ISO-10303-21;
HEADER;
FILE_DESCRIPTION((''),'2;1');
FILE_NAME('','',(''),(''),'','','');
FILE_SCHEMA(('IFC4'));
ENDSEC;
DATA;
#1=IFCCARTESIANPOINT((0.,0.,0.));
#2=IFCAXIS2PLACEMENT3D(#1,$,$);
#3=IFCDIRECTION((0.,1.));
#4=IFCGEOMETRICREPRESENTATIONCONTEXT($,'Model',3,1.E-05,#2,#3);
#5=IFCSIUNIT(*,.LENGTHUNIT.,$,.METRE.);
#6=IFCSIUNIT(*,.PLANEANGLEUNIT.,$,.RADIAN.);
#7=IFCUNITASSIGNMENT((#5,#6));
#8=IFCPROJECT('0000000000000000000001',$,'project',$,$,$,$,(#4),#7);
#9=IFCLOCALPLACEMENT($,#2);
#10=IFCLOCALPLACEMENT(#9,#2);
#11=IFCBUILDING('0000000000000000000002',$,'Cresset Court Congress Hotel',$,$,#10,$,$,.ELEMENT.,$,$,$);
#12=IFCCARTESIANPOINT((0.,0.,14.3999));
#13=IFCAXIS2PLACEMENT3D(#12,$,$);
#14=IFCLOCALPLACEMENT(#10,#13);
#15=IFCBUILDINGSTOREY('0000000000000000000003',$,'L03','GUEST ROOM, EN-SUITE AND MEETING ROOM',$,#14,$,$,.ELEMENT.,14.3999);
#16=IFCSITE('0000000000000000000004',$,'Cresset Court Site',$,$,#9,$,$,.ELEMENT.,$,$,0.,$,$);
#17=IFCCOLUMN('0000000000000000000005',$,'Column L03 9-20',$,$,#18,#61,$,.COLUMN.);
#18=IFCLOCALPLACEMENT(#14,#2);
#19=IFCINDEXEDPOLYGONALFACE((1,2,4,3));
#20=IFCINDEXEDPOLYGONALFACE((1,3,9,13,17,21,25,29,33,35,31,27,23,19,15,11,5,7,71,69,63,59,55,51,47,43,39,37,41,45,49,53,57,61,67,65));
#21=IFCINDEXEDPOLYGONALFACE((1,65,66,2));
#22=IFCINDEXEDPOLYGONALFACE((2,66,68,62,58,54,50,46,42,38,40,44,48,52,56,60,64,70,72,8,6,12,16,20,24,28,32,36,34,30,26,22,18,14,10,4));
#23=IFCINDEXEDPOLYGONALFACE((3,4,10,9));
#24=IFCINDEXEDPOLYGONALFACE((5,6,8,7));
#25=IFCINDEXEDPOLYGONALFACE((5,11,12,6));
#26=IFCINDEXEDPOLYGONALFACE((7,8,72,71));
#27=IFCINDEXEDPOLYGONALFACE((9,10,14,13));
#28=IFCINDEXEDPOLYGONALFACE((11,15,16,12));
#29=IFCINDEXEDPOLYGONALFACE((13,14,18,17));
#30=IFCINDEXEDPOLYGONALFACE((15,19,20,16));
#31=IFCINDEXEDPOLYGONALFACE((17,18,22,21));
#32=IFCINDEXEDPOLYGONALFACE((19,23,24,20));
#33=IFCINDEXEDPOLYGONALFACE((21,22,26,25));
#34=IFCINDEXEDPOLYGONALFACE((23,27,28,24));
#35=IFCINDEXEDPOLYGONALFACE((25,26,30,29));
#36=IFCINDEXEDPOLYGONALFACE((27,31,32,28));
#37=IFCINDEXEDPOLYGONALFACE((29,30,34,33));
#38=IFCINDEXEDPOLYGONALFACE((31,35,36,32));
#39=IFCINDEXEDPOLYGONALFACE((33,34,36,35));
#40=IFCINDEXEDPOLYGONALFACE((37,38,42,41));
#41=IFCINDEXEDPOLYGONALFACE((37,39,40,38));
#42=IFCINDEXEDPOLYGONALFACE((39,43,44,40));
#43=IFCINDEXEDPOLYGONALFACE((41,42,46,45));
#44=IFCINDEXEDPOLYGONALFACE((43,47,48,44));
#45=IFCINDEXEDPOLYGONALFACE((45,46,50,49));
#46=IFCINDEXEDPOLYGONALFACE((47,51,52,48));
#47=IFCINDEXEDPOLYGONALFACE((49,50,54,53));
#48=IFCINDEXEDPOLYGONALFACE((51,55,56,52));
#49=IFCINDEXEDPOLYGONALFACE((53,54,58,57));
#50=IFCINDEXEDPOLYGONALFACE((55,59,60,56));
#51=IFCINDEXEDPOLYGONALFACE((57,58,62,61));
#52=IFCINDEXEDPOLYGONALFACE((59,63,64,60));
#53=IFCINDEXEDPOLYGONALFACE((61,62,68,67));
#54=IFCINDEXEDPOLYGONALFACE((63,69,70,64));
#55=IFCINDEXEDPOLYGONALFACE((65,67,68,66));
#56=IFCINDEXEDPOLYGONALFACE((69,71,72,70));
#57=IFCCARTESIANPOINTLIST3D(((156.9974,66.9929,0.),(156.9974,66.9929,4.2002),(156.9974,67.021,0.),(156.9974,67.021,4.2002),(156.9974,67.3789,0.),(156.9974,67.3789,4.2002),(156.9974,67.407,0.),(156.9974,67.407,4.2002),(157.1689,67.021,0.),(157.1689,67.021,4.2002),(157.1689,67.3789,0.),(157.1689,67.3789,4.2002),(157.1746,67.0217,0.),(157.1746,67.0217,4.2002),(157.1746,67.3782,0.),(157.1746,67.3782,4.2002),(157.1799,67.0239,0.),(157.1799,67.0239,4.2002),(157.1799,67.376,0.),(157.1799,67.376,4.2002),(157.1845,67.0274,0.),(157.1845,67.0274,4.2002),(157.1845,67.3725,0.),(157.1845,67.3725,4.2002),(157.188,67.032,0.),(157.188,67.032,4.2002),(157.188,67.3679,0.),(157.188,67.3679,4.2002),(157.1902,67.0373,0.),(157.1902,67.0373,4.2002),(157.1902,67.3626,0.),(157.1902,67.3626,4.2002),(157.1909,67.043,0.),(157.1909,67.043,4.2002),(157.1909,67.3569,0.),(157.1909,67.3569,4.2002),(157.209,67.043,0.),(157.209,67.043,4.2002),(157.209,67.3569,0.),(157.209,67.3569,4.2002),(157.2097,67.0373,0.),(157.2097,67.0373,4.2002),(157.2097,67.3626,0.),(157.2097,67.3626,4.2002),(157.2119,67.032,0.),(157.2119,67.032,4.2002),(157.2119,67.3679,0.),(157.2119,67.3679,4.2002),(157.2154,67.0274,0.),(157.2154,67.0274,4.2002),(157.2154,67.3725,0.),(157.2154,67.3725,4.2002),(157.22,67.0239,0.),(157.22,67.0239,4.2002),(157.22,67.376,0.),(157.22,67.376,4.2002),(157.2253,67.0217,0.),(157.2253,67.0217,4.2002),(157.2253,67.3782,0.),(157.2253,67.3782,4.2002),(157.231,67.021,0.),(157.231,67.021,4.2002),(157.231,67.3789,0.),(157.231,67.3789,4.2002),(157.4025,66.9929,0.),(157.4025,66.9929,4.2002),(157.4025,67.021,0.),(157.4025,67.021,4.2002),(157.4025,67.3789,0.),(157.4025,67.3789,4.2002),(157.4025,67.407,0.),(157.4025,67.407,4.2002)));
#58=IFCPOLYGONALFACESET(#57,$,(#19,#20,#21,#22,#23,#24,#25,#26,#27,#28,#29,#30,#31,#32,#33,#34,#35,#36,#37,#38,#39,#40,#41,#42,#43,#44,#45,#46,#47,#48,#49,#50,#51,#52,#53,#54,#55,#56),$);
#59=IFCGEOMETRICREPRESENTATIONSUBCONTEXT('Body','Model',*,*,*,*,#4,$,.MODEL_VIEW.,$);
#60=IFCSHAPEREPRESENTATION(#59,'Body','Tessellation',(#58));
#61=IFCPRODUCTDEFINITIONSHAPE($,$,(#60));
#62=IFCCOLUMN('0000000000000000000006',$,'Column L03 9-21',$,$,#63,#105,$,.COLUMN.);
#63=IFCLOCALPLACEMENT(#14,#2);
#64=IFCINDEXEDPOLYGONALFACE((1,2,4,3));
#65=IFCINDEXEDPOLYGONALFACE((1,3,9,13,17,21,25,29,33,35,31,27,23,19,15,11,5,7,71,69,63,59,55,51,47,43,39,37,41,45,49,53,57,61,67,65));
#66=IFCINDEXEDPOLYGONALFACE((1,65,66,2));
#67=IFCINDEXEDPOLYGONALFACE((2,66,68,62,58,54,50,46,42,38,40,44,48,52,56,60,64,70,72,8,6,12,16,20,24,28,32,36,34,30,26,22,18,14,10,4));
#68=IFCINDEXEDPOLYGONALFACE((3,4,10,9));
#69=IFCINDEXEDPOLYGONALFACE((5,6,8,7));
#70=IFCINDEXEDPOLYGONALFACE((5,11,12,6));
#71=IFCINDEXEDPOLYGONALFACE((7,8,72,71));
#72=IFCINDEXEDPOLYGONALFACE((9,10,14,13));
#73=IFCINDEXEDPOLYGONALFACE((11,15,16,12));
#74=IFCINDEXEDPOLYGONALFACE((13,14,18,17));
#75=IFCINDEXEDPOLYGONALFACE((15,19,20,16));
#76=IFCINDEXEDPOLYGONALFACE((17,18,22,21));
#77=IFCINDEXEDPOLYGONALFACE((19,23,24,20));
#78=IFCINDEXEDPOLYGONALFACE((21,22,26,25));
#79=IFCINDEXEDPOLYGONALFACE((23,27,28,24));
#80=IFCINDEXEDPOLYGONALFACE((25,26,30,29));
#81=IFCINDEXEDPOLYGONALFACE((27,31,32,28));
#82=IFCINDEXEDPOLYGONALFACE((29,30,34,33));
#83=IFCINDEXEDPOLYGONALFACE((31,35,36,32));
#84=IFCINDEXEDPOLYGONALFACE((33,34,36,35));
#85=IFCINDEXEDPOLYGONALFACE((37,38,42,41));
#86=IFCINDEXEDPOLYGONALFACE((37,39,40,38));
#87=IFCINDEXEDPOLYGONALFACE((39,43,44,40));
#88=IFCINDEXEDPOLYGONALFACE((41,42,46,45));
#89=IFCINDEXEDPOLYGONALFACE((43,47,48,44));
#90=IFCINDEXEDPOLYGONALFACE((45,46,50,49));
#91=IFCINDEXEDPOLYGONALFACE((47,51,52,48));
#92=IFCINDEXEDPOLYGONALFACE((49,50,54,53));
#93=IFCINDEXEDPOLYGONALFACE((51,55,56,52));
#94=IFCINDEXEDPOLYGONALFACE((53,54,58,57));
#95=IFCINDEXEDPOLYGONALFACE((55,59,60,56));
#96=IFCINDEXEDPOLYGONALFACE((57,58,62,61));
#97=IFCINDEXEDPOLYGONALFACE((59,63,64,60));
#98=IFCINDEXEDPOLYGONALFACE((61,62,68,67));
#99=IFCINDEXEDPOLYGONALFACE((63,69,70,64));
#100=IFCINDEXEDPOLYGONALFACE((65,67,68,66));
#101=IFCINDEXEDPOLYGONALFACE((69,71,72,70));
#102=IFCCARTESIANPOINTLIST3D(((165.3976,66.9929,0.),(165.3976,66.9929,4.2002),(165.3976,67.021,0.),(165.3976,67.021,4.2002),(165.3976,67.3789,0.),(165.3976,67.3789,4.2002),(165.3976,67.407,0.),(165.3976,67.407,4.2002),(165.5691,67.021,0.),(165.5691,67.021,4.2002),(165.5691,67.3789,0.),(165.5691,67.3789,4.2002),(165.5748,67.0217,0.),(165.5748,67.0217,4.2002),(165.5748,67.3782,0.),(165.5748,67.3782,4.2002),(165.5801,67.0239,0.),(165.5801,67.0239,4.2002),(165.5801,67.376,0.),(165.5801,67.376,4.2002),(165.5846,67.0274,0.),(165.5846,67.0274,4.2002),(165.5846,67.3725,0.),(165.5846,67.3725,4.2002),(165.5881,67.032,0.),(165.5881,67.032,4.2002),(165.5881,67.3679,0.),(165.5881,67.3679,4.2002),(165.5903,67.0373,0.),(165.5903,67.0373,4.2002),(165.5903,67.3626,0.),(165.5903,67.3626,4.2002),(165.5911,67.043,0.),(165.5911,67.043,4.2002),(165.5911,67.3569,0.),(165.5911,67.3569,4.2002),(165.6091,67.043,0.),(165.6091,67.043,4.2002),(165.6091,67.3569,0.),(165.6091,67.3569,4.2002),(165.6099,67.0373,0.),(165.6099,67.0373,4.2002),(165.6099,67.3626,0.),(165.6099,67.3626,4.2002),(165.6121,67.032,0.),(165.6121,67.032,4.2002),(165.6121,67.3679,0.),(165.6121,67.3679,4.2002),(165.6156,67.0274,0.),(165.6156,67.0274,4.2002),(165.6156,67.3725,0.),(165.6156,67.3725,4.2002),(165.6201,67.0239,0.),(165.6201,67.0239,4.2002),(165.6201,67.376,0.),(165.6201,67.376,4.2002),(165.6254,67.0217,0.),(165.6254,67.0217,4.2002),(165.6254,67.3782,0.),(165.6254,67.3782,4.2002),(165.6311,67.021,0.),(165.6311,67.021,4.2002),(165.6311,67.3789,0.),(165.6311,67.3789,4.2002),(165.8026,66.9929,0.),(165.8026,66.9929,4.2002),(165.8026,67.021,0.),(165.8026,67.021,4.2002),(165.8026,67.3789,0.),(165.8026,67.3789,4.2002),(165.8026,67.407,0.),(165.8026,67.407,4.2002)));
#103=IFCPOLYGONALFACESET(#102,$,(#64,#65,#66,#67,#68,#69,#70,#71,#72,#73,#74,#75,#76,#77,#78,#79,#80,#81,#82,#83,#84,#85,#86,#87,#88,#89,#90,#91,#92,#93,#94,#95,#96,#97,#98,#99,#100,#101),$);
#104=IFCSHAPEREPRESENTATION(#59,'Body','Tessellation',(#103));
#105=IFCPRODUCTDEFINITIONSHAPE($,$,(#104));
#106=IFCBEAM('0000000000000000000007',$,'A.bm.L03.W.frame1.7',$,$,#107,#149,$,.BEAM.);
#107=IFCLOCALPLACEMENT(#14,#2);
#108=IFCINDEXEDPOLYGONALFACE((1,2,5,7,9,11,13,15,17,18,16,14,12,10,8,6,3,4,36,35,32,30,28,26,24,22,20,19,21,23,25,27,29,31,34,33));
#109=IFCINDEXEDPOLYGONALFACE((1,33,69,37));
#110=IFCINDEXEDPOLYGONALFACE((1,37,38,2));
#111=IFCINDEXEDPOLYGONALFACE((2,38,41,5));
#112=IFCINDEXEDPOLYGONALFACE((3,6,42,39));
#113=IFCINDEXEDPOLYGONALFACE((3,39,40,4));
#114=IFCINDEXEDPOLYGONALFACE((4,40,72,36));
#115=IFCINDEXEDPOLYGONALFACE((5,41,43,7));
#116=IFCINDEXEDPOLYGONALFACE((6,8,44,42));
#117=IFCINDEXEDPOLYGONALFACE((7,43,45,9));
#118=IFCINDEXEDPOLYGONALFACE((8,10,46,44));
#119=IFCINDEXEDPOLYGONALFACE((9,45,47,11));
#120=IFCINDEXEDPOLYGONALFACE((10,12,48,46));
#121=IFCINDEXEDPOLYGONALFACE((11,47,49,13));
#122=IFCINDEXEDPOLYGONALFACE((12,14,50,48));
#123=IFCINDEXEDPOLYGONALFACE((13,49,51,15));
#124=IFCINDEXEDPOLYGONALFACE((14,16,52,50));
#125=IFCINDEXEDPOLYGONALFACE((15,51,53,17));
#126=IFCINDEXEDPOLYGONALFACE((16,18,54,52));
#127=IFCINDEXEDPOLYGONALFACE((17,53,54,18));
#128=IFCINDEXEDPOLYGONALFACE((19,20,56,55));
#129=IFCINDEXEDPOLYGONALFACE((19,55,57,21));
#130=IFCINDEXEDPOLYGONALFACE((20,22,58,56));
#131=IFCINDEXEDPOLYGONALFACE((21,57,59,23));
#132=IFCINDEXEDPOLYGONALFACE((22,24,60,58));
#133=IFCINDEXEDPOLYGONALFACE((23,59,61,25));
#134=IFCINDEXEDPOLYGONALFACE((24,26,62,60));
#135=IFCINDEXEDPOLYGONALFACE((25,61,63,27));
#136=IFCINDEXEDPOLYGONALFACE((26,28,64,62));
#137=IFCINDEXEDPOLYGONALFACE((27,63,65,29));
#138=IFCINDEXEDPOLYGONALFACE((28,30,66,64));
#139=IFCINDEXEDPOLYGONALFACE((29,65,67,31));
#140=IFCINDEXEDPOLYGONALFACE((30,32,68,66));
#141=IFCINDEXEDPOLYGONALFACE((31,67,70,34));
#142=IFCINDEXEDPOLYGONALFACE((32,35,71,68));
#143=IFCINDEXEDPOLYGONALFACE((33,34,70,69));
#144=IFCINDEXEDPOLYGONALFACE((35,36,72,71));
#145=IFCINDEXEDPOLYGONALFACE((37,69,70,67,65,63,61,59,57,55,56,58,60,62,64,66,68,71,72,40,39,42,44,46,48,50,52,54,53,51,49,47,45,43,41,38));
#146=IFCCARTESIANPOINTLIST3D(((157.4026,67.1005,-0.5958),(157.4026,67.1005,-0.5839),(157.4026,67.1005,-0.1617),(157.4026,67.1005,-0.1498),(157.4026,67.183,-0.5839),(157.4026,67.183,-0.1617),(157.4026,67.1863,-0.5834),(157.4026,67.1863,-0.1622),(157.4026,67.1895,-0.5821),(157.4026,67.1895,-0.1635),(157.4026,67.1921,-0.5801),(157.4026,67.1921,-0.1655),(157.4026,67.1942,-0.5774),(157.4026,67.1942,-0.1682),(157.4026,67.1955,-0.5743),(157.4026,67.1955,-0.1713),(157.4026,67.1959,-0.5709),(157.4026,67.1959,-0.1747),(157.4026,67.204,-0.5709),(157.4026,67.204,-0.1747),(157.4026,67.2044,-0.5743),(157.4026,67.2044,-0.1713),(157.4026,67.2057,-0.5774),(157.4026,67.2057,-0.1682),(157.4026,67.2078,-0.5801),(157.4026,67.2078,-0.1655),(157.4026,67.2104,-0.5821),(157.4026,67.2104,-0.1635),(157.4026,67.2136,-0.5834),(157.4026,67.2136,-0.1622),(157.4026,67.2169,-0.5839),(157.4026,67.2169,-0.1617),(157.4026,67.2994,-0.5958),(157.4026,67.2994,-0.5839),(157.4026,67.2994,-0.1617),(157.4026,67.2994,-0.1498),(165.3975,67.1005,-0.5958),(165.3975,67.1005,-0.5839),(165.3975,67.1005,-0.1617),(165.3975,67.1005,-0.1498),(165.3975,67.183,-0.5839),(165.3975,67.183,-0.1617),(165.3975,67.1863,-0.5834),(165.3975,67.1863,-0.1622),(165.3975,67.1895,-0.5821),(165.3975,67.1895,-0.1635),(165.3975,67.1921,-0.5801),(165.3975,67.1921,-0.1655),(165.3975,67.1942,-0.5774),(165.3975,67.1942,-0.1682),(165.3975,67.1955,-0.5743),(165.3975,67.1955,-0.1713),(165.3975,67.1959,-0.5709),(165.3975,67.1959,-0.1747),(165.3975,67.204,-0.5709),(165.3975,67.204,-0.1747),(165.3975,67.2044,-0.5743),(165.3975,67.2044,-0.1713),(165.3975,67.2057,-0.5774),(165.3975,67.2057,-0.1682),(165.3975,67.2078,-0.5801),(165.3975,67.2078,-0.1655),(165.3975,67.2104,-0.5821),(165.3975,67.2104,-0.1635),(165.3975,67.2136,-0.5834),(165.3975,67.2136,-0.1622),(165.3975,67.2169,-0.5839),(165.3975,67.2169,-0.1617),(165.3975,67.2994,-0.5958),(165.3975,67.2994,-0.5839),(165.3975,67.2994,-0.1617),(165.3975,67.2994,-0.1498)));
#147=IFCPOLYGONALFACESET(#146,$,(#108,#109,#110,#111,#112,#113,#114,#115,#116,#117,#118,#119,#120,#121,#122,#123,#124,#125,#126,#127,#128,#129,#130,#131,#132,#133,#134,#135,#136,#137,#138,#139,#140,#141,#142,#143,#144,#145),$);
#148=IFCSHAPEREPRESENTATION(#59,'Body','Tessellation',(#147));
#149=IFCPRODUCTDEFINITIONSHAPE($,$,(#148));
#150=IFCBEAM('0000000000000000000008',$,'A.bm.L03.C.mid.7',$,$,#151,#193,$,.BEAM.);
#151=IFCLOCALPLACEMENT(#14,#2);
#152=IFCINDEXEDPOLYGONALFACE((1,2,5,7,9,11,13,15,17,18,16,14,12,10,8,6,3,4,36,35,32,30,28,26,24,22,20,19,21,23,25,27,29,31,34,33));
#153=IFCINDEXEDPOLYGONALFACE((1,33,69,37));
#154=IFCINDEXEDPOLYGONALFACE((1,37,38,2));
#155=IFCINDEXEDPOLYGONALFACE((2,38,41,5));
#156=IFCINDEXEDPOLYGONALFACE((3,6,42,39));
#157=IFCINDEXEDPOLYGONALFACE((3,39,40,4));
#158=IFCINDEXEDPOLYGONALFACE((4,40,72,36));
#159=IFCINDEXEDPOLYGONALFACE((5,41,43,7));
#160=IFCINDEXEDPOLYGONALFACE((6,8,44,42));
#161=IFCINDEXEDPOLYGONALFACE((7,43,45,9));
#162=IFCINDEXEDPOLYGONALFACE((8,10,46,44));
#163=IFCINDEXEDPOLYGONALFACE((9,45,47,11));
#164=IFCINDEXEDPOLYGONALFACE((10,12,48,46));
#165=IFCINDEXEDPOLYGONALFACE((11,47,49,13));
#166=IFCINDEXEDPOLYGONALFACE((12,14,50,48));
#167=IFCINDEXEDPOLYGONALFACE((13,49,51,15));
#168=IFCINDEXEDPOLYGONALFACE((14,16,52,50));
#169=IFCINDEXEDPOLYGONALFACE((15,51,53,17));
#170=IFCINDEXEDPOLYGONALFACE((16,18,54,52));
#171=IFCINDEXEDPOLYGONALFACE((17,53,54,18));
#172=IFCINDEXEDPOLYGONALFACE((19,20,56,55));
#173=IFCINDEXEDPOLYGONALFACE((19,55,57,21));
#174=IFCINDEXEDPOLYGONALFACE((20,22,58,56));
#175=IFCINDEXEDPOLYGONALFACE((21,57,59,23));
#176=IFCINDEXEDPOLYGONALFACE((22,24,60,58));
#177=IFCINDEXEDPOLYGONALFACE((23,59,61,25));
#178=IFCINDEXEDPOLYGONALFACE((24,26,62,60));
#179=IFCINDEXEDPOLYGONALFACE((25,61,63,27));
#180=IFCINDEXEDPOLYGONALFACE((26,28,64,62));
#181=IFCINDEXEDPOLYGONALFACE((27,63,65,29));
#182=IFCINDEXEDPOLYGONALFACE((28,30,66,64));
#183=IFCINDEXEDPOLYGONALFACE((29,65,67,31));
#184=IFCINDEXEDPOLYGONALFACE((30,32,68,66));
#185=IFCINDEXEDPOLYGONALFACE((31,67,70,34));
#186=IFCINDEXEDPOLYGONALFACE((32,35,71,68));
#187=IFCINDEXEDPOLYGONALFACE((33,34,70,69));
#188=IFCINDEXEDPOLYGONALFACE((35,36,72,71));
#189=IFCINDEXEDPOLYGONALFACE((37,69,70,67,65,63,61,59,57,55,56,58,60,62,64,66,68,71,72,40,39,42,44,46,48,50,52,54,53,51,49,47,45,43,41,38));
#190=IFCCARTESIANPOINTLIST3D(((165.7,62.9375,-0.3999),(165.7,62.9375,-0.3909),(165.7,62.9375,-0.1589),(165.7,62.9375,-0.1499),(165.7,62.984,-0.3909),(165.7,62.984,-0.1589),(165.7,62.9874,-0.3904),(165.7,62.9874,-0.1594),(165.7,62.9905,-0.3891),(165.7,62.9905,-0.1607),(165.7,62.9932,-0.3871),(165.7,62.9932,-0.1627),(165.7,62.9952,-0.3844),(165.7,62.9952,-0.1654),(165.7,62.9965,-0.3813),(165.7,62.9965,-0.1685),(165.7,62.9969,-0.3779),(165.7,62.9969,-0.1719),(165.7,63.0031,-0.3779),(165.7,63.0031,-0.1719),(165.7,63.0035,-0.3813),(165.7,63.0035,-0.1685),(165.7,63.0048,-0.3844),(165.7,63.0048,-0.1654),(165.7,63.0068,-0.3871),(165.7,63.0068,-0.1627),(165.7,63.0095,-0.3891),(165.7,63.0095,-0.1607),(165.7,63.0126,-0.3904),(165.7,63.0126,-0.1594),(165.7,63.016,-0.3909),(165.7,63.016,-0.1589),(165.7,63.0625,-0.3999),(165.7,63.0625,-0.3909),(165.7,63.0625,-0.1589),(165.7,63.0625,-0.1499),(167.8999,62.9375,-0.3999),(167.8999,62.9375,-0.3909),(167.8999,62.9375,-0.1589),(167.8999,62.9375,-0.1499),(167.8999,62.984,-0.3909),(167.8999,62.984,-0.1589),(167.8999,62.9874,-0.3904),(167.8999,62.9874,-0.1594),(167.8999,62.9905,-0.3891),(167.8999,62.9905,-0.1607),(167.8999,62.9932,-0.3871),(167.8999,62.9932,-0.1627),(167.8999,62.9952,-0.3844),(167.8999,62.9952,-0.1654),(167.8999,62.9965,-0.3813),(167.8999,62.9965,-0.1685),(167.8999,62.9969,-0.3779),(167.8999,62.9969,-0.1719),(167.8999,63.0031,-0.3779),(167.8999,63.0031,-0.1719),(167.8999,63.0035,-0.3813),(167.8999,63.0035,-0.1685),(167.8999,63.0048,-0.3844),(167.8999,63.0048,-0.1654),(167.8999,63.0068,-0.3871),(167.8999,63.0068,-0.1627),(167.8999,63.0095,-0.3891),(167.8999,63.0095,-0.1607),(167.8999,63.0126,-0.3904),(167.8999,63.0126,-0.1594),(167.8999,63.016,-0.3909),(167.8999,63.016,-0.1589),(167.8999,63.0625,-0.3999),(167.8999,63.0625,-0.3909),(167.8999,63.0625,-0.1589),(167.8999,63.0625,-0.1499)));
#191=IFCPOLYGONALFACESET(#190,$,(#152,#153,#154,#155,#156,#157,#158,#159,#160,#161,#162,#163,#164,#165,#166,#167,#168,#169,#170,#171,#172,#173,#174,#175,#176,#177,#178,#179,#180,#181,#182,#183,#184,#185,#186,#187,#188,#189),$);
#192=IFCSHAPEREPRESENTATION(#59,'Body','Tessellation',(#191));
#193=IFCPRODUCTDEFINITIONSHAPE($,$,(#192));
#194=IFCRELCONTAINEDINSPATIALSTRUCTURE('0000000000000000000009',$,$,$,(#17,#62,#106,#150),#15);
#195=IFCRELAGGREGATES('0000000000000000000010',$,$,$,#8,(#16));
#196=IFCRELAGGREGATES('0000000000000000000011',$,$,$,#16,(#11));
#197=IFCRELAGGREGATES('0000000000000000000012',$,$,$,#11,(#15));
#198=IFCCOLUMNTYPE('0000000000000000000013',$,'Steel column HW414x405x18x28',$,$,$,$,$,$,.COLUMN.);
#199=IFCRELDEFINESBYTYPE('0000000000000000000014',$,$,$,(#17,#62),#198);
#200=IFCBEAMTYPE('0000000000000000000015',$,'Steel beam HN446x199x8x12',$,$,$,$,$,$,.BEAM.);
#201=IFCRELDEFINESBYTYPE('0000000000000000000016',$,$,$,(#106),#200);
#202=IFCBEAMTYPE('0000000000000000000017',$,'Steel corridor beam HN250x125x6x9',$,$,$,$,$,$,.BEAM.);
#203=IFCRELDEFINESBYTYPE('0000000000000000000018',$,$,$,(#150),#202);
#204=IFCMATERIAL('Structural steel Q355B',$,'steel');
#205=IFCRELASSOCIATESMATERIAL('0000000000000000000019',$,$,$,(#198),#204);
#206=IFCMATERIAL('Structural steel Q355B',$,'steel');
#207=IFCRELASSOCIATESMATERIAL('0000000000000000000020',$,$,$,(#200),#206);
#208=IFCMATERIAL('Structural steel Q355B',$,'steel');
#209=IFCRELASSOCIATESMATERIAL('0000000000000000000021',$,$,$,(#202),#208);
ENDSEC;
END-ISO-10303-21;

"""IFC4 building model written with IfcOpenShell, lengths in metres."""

from ifc_helpers import new_model, si_unit, direction, frame, origin, origin_2d, place, context, subcontext, project, spatial, i_section, extrude, material, material_profile, profile_set, type_object, element, save


model = new_model("IFC4")

# Units and contexts
model_context = context("Model", 3, precision=1e-05, world=origin(), true_north=direction((0.0, 1.0)))
body_context = subcontext(model_context, "Body", "Model", "MODEL_VIEW")
ifc_project = project(units=[si_unit("LENGTHUNIT", "METRE"), si_unit("PLANEANGLEUNIT", "RADIAN")], contexts=[model_context])

# Site, building, storey
site_placement = place(None, origin())
site = spatial("IfcSite", under=ifc_project, at=site_placement, Name="Cresset Court Site", CompositionType="ELEMENT", RefElevation=0.0)
building_placement = place(site_placement, origin())
building = spatial("IfcBuilding", under=site, at=building_placement, Name="Cresset Court Congress Hotel", CompositionType="ELEMENT")
storey_placement = place(building_placement, frame((0.0, 0.0, 14.3999)))
storey = spatial("IfcBuildingStorey", under=building, at=storey_placement, Name="L03", Description="GUEST ROOM, EN-SUITE AND MEETING ROOM", CompositionType="ELEMENT", Elevation=14.3999)

# Columns
ifc_material_1 = material(Name="Structural steel Q355B", Category="steel")
ifc_material_profile_1 = material_profile(ifc_material_1, i_section(OverallWidth=0.405, OverallDepth=0.4141, WebThickness=0.0181, FlangeThickness=0.0281, FilletRadius=0.022, at=origin_2d()), Name="HW414x405x18x28")
ifc_profile_set_1 = profile_set([ifc_material_profile_1], Name="Structural steel Q355B")
column_type = type_object("IfcColumnType", Name="Steel column HW414x405x18x28", PredefinedType="COLUMN", material=ifc_profile_set_1)
for number, where, z_axis, x_axis, name in (
    (1, (157.2, 67.2, 0.0), (0.0, 0.0, 1.0), (1.0, 0.0, 0.0), "Column L03 9-20"),
    (2, (165.6001, 67.2, 0.0), (0.0, 0.0, 1.0), (1.0, 0.0, 0.0), "Column L03 9-21"),
):
    element("IfcColumn", number, at=place(storey_placement, frame(where, z_axis=z_axis, x_axis=x_axis)), inside=storey, type_object=column_type, Name=name, PredefinedType="COLUMN", context=body_context, shape_type="SweptSolid", body=[
        extrude(i_section(OverallWidth=0.405, OverallDepth=0.4141, WebThickness=0.0181, FlangeThickness=0.0281, FilletRadius=0.022, at=origin_2d()), origin(), (0.0, 0.0, 1.0), 4.2002),
    ])

# Beams
ifc_material_2 = material(Name="Structural steel Q355B", Category="steel")
ifc_material_profile_2 = material_profile(ifc_material_2, i_section(OverallWidth=0.199, OverallDepth=0.446, WebThickness=0.0081, FlangeThickness=0.012, FilletRadius=0.0129, at=origin_2d()), Name="HN446x199x8x12")
ifc_profile_set_2 = profile_set([ifc_material_profile_2], Name="Structural steel Q355B")
beam_type_1 = type_object("IfcBeamType", Name="Steel beam HN446x199x8x12", PredefinedType="BEAM", material=ifc_profile_set_2)
beam_1_placement = place(storey_placement, frame((157.4026, 67.2, -0.3728), z_axis=(1.0, 0.0, 0.0), x_axis=(0.0, 1.0, 0.0)))
element("IfcBeam", 3, at=beam_1_placement, inside=storey, type_object=beam_type_1, Name="A.bm.L03.W.frame1.7", PredefinedType="BEAM", context=body_context, shape_type="SweptSolid", body=[
    extrude(i_section(OverallWidth=0.199, OverallDepth=0.446, WebThickness=0.0081, FlangeThickness=0.012, FilletRadius=0.0129, at=origin_2d()), origin(), (0.0, 0.0, 1.0), 7.9949),
])
ifc_material_3 = material(Name="Structural steel Q355B", Category="steel")
ifc_material_profile_3 = material_profile(ifc_material_3, i_section(OverallWidth=0.125, OverallDepth=0.25, WebThickness=0.0061, FlangeThickness=0.009, FilletRadius=0.0129, at=origin_2d()), Name="HN250x125x6x9")
ifc_profile_set_3 = profile_set([ifc_material_profile_3], Name="Structural steel Q355B")
beam_type_2 = type_object("IfcBeamType", Name="Steel corridor beam HN250x125x6x9", PredefinedType="BEAM", material=ifc_profile_set_3)
beam_2_placement = place(storey_placement, frame((165.7, 63.0, -0.2749), z_axis=(1.0, 0.0, 0.0), x_axis=(0.0, 1.0, 0.0)))
element("IfcBeam", 4, at=beam_2_placement, inside=storey, type_object=beam_type_2, Name="A.bm.L03.C.mid.7", PredefinedType="BEAM", context=body_context, shape_type="SweptSolid", body=[
    extrude(i_section(OverallWidth=0.125, OverallDepth=0.25, WebThickness=0.0061, FlangeThickness=0.009, FilletRadius=0.0129, at=origin_2d()), origin(), (0.0, 0.0, 1.0), 2.2),
])

save(model, "model.ifc")
